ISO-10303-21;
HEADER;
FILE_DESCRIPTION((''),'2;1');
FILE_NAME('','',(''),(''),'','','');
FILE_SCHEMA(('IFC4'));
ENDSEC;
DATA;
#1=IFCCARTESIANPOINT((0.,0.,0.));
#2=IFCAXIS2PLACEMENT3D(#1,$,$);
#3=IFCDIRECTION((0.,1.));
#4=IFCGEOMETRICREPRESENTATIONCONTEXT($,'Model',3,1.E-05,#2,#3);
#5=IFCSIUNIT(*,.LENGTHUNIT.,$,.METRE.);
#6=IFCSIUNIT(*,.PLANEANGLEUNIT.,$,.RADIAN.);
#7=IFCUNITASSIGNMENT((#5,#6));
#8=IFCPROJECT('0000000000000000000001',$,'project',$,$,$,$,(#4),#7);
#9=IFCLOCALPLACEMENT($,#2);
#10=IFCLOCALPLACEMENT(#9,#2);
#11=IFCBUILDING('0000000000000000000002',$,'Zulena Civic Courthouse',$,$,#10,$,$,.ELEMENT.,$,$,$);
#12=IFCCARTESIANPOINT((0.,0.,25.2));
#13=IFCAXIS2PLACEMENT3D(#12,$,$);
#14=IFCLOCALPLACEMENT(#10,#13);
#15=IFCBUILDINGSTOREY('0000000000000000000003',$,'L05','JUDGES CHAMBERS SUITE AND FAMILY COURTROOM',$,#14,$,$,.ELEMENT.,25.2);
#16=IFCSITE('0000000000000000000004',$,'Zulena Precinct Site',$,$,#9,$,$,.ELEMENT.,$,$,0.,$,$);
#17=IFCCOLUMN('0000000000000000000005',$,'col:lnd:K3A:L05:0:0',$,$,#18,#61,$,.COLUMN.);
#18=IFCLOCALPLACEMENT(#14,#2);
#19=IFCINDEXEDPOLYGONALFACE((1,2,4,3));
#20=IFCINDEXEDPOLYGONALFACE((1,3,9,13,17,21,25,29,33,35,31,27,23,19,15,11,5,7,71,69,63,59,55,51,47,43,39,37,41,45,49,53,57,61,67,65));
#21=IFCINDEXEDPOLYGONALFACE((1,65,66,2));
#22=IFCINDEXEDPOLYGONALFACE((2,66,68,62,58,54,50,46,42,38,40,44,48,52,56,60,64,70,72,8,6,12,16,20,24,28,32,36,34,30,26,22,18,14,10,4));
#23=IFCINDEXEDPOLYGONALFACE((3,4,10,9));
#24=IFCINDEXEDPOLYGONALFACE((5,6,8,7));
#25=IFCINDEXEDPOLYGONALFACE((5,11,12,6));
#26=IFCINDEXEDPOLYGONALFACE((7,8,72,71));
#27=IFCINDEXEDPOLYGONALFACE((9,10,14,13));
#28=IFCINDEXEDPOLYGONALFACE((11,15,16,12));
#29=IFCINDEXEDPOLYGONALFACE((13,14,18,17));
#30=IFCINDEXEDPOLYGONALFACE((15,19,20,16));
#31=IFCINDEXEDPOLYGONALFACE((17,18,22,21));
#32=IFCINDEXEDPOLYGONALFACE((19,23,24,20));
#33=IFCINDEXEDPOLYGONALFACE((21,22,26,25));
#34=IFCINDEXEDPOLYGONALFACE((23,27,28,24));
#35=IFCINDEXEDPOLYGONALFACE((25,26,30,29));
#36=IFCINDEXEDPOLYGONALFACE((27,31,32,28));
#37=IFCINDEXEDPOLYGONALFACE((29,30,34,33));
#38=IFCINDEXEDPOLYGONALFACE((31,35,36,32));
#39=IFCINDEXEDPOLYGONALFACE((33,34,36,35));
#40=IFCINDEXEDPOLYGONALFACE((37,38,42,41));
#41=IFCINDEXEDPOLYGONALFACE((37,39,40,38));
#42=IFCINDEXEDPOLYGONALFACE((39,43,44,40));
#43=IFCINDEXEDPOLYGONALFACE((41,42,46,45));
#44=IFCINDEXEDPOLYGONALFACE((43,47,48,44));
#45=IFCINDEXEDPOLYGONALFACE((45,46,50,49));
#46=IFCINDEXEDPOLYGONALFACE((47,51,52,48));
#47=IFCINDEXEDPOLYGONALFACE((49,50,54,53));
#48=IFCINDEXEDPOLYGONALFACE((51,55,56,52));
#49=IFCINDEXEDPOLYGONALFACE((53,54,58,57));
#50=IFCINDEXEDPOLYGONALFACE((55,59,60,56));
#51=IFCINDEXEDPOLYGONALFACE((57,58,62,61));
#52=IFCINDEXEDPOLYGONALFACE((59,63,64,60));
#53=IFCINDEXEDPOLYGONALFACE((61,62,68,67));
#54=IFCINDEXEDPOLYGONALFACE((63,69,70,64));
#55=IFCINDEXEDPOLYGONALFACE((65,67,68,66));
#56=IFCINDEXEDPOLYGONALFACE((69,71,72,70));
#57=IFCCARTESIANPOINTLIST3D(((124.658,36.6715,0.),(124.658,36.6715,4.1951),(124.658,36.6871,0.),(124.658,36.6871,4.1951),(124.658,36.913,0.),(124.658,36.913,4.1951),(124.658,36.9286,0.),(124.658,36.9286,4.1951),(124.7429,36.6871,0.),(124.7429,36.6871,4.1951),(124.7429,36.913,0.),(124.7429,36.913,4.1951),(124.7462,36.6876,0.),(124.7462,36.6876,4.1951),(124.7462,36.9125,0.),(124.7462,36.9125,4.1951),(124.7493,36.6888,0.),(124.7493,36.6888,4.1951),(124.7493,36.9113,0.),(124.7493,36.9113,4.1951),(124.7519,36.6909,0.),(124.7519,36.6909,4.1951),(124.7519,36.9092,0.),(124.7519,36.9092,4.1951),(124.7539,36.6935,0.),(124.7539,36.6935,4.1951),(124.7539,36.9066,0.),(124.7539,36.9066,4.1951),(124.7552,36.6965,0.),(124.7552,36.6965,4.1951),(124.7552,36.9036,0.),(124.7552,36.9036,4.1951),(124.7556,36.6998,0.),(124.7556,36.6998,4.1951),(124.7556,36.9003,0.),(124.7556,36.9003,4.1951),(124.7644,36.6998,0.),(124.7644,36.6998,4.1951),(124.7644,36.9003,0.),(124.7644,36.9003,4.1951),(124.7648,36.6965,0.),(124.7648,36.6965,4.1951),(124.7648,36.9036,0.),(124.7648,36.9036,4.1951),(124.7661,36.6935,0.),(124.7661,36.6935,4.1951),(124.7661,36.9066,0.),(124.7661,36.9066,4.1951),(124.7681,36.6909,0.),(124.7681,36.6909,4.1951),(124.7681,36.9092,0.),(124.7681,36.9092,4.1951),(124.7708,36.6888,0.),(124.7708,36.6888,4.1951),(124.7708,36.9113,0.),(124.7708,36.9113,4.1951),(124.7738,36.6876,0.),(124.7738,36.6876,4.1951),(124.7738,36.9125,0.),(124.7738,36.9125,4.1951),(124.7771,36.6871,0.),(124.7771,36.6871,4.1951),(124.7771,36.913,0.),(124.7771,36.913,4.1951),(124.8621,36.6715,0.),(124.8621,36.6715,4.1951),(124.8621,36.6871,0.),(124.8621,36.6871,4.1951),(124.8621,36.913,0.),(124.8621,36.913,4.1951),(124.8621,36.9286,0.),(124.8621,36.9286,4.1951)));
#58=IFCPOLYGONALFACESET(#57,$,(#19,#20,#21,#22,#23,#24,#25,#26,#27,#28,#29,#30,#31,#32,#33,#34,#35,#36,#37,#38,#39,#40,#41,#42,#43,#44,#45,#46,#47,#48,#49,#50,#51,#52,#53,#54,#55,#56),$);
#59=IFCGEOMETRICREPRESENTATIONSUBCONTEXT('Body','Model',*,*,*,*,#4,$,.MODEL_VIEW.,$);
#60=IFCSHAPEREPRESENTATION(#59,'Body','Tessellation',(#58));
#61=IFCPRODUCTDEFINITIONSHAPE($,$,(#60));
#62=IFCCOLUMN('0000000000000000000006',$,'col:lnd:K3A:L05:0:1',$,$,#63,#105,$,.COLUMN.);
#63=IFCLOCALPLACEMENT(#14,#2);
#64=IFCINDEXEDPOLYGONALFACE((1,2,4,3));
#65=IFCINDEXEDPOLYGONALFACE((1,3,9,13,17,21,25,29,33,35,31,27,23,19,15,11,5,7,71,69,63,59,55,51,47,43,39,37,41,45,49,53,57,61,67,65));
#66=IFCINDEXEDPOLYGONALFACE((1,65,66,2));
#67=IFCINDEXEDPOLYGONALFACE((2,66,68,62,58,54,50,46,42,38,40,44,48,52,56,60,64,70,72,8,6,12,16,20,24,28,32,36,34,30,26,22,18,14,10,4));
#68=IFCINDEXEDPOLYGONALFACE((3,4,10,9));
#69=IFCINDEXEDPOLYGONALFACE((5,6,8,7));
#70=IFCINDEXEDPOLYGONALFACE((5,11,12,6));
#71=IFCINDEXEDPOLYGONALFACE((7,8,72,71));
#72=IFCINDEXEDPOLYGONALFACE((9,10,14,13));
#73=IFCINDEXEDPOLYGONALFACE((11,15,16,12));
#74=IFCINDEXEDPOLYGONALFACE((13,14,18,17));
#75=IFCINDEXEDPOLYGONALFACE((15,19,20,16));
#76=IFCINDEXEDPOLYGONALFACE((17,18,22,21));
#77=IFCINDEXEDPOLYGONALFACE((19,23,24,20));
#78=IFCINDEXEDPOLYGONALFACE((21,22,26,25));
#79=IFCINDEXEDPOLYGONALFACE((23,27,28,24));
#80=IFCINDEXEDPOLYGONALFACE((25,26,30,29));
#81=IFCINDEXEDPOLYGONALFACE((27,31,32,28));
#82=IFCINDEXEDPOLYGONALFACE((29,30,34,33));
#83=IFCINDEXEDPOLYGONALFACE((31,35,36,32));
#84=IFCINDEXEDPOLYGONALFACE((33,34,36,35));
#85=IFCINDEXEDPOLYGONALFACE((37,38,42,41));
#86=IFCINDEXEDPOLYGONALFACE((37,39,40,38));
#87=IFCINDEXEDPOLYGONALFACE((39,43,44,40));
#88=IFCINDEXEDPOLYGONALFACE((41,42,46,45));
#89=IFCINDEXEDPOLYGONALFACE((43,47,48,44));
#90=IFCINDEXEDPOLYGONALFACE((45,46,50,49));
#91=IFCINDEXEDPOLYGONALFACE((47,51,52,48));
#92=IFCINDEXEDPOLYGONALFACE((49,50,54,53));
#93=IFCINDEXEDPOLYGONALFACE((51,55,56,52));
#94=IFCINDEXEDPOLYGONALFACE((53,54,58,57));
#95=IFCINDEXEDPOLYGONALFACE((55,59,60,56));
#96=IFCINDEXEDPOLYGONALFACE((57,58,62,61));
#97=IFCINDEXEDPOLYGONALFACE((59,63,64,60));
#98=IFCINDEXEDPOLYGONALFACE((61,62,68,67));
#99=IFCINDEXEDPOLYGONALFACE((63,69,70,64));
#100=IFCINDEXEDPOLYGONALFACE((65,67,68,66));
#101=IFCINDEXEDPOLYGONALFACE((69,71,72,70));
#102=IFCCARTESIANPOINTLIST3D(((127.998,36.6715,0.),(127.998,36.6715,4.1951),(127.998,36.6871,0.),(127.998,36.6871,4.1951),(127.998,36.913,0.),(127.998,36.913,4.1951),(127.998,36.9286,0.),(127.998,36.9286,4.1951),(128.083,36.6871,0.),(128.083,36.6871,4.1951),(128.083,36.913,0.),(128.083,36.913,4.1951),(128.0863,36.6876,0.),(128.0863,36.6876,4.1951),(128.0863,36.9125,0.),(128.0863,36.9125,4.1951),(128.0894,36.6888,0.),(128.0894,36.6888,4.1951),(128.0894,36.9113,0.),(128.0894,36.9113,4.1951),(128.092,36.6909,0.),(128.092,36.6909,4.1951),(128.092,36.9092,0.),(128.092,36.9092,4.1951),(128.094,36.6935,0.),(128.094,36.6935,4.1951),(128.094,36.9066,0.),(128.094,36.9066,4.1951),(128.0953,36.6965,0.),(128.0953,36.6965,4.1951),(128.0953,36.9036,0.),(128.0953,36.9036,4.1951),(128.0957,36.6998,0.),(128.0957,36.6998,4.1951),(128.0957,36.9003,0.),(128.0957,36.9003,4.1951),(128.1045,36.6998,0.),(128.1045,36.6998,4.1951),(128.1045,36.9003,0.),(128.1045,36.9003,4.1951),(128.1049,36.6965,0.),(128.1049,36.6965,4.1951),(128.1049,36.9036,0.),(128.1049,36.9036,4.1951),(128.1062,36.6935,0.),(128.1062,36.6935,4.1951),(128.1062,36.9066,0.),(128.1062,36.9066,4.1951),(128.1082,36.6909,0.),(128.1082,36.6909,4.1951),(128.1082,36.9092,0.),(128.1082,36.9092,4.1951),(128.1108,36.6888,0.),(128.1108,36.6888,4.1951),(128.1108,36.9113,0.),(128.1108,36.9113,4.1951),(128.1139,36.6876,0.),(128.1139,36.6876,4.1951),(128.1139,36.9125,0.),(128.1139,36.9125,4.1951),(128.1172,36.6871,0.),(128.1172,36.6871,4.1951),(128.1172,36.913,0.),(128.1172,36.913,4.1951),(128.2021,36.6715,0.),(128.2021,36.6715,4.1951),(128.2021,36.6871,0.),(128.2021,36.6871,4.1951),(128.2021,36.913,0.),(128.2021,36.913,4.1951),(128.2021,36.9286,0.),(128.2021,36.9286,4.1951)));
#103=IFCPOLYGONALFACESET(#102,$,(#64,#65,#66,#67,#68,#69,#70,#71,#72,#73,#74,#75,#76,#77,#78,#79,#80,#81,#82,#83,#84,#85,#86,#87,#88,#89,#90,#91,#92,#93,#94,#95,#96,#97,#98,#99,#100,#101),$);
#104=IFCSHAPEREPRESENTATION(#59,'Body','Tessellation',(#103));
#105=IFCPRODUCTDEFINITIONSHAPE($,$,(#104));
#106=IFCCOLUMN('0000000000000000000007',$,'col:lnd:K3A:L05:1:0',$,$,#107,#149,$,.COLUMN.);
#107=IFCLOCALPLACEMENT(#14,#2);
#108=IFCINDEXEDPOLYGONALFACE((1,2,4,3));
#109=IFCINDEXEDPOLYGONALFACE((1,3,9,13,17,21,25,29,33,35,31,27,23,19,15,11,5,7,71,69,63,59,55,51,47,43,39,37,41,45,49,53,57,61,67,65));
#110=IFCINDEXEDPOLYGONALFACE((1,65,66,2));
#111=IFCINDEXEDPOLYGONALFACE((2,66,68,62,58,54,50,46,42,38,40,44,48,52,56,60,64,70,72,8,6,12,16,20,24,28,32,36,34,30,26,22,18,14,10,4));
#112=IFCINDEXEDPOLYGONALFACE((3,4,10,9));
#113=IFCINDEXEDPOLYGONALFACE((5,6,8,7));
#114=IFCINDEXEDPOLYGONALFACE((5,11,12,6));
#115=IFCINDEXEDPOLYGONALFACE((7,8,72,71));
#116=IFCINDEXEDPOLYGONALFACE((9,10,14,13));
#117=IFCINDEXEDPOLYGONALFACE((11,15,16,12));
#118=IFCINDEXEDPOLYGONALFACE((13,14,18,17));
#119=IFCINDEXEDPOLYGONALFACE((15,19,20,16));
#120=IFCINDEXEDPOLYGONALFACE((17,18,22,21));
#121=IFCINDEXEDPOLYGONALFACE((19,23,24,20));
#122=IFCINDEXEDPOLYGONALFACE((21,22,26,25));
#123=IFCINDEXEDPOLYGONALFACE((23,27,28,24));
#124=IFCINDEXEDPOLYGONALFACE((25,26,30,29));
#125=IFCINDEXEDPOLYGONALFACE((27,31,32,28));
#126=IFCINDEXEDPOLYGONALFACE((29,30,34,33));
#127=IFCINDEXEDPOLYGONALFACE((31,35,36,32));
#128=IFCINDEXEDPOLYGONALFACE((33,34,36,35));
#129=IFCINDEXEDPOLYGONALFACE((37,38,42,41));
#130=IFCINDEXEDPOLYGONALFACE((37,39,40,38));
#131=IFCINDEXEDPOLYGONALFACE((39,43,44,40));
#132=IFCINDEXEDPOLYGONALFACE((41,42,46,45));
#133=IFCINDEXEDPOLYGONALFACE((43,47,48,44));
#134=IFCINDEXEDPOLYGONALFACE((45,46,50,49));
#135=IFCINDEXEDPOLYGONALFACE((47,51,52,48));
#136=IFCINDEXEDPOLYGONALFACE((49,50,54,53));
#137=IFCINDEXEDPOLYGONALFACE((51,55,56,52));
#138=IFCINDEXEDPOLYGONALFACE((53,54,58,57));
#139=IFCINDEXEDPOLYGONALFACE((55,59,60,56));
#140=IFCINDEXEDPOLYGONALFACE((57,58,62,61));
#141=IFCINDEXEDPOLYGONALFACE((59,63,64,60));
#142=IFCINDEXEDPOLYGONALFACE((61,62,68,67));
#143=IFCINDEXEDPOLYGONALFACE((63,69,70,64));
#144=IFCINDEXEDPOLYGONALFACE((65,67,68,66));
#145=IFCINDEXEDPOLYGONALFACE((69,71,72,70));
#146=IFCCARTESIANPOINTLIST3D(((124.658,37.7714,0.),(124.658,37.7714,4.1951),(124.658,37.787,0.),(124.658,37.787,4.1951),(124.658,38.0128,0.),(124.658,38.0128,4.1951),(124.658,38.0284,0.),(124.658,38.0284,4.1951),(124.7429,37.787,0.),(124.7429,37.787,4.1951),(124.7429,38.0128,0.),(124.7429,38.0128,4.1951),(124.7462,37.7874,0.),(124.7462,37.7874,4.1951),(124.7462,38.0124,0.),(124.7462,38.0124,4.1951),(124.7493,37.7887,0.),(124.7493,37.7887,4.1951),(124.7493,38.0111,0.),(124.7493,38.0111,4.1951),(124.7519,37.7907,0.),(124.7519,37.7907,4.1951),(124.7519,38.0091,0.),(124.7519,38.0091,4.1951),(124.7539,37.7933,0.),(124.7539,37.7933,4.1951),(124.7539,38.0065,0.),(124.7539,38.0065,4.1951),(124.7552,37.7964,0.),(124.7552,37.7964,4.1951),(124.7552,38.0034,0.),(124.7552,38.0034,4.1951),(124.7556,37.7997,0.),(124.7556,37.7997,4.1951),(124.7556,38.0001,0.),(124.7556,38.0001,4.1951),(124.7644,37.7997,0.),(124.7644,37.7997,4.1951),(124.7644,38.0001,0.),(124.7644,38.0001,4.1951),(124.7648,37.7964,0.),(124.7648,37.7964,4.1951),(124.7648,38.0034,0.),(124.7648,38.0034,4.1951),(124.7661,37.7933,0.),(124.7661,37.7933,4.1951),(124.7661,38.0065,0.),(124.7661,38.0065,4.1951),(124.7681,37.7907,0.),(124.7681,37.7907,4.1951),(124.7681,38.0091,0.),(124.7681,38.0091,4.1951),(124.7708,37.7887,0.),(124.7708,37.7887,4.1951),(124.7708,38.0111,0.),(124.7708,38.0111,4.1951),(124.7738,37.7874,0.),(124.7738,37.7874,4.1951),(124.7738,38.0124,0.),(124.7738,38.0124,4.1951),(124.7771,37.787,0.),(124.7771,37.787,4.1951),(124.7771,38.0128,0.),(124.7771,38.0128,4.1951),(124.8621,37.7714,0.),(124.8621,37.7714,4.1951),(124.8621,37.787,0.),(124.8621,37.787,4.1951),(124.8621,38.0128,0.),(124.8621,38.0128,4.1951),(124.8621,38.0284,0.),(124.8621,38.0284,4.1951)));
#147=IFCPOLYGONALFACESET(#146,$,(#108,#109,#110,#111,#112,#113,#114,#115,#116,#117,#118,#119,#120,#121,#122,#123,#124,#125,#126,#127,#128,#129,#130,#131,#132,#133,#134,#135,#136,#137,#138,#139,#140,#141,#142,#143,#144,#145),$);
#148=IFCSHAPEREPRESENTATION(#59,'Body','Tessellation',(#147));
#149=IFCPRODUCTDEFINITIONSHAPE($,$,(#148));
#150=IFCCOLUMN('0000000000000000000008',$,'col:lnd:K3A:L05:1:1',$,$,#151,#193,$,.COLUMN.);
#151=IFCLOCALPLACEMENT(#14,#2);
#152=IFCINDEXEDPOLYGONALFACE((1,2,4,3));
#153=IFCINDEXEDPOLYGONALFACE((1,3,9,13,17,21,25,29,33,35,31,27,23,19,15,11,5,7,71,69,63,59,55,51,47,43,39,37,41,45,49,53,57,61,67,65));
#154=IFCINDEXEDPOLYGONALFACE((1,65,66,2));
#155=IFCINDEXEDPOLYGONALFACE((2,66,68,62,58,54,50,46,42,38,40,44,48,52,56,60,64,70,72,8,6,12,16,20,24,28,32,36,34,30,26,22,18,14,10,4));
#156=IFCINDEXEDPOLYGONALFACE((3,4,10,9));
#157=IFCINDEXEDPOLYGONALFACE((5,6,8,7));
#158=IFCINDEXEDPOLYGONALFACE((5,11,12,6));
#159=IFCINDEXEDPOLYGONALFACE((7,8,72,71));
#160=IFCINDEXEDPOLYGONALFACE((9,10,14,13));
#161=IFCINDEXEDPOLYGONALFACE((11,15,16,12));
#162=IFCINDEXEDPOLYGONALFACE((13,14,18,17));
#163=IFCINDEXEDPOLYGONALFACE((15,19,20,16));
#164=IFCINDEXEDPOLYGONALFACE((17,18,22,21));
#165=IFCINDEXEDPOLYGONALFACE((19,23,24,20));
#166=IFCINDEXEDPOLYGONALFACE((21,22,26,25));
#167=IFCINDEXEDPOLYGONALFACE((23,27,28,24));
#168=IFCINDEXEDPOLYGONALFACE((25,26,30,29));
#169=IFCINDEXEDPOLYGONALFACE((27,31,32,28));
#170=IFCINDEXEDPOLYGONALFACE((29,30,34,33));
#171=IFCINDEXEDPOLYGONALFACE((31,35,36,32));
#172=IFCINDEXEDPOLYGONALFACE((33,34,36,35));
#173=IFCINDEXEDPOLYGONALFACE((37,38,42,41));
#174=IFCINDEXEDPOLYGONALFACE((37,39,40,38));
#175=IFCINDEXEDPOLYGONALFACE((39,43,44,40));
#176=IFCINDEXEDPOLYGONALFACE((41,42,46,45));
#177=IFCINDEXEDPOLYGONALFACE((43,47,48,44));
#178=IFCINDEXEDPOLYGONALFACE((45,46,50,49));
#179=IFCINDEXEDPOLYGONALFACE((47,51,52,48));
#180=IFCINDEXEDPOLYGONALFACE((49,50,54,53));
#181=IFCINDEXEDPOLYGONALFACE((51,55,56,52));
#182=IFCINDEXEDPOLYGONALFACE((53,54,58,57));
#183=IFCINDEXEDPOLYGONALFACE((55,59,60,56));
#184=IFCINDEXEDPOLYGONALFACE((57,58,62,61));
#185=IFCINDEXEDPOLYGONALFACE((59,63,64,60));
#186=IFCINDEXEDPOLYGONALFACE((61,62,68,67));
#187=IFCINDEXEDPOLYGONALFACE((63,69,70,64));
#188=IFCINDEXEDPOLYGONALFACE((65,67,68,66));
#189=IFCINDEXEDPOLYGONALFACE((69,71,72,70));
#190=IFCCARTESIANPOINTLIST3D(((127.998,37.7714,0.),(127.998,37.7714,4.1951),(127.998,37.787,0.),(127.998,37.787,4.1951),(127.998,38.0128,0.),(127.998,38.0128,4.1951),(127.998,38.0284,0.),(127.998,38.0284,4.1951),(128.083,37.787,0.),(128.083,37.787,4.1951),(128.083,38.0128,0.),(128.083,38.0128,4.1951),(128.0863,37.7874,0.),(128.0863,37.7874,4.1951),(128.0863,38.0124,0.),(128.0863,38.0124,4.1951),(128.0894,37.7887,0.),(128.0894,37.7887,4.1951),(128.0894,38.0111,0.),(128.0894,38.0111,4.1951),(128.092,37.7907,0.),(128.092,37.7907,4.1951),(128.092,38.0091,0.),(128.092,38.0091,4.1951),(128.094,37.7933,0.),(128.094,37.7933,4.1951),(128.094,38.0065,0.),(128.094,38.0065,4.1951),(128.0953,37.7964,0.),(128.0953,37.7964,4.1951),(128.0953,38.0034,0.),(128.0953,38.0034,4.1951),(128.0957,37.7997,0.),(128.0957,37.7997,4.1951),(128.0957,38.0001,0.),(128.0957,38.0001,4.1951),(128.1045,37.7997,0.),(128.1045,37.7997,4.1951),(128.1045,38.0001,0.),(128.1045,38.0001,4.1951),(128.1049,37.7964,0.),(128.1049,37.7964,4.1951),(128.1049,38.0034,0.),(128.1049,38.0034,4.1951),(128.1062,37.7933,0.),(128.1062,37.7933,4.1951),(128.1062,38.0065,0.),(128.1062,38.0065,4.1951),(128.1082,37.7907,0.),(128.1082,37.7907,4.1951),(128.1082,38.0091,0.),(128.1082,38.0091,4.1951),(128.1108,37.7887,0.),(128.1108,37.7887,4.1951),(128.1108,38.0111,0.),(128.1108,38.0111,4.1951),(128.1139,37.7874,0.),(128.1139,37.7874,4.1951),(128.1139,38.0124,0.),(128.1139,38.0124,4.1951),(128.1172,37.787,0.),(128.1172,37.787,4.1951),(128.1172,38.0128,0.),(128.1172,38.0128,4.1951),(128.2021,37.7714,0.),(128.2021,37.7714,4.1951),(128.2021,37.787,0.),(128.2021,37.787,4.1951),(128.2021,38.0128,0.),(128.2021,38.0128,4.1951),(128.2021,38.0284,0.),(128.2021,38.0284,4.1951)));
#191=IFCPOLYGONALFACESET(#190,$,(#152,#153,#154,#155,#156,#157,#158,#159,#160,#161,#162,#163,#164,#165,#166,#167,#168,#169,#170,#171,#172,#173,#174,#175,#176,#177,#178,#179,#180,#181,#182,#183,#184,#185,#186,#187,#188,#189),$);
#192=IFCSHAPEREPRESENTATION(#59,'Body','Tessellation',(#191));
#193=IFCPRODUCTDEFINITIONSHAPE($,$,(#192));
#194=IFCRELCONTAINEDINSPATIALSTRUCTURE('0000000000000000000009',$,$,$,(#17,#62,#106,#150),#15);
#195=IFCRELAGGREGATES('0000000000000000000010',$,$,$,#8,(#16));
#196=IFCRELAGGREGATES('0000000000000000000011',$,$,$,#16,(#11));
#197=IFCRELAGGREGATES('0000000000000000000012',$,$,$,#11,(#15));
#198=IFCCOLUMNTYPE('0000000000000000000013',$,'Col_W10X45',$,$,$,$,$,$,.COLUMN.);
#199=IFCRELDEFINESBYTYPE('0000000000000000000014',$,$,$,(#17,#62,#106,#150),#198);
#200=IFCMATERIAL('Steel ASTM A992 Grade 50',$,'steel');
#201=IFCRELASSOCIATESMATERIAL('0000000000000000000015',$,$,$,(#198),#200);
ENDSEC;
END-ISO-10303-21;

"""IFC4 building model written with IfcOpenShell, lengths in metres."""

from ifc_helpers import new_model, si_unit, direction, frame, origin, origin_2d, place, context, subcontext, project, spatial, i_section, extrude, material, material_profile, profile_set, type_object, element, save


model = new_model("IFC4")

# Units and contexts
model_context = context("Model", 3, precision=1e-05, world=origin(), true_north=direction((0.0, 1.0)))
body_context = subcontext(model_context, "Body", "Model", "MODEL_VIEW")
ifc_project = project(units=[si_unit("LENGTHUNIT", "METRE"), si_unit("PLANEANGLEUNIT", "RADIAN")], contexts=[model_context])

# Site, building, storey
site_placement = place(None, origin())
site = spatial("IfcSite", under=ifc_project, at=site_placement, Name="Zulena Precinct Site", CompositionType="ELEMENT", RefElevation=0.0)
building_placement = place(site_placement, origin())
building = spatial("IfcBuilding", under=site, at=building_placement, Name="Zulena Civic Courthouse", CompositionType="ELEMENT")
storey_placement = place(building_placement, frame((0.0, 0.0, 25.2)))
storey = spatial("IfcBuildingStorey", under=building, at=storey_placement, Name="L05", Description="JUDGES CHAMBERS SUITE AND FAMILY COURTROOM", CompositionType="ELEMENT", Elevation=25.2)

# Columns
ifc_material_1 = material(Name="Steel ASTM A992 Grade 50", Category="steel")
ifc_material_profile_1 = material_profile(ifc_material_1, i_section(OverallWidth=0.2041, OverallDepth=0.2571, WebThickness=0.0088, FlangeThickness=0.0156, FilletRadius=0.0127, at=origin_2d()), Name="W10X45")
ifc_profile_set_1 = profile_set([ifc_material_profile_1], Name="Steel ASTM A992 Grade 50")
column_type_1 = type_object("IfcColumnType", Name="Col_W10X45", PredefinedType="COLUMN", material=ifc_profile_set_1)
for number, where, z_axis, x_axis, name in (
    (1, (124.76, 36.8, 0.0), (0.0, 0.0, 1.0), (1.0, 0.0, 0.0), "col:lnd:K3A:L05:0:0"),
    (2, (128.1001, 36.8, 0.0), (0.0, 0.0, 1.0), (1.0, 0.0, 0.0), "col:lnd:K3A:L05:0:1"),
    (3, (124.76, 37.8999, 0.0), (0.0, 0.0, 1.0), (1.0, 0.0, 0.0), "col:lnd:K3A:L05:1:0"),
    (4, (128.1001, 37.8999, 0.0), (0.0, 0.0, 1.0), (1.0, 0.0, 0.0), "col:lnd:K3A:L05:1:1"),
):
    element("IfcColumn", number, at=place(storey_placement, frame(where, z_axis=z_axis, x_axis=x_axis)), inside=storey, type_object=column_type_1, Name=name, PredefinedType="COLUMN", context=body_context, shape_type="SweptSolid", body=[
        extrude(i_section(OverallWidth=0.2041, OverallDepth=0.2571, WebThickness=0.0088, FlangeThickness=0.0156, FilletRadius=0.0127, at=origin_2d()), origin(), (0.0, 0.0, 1.0), 4.1951),
    ])

save(model, "model.ifc")
